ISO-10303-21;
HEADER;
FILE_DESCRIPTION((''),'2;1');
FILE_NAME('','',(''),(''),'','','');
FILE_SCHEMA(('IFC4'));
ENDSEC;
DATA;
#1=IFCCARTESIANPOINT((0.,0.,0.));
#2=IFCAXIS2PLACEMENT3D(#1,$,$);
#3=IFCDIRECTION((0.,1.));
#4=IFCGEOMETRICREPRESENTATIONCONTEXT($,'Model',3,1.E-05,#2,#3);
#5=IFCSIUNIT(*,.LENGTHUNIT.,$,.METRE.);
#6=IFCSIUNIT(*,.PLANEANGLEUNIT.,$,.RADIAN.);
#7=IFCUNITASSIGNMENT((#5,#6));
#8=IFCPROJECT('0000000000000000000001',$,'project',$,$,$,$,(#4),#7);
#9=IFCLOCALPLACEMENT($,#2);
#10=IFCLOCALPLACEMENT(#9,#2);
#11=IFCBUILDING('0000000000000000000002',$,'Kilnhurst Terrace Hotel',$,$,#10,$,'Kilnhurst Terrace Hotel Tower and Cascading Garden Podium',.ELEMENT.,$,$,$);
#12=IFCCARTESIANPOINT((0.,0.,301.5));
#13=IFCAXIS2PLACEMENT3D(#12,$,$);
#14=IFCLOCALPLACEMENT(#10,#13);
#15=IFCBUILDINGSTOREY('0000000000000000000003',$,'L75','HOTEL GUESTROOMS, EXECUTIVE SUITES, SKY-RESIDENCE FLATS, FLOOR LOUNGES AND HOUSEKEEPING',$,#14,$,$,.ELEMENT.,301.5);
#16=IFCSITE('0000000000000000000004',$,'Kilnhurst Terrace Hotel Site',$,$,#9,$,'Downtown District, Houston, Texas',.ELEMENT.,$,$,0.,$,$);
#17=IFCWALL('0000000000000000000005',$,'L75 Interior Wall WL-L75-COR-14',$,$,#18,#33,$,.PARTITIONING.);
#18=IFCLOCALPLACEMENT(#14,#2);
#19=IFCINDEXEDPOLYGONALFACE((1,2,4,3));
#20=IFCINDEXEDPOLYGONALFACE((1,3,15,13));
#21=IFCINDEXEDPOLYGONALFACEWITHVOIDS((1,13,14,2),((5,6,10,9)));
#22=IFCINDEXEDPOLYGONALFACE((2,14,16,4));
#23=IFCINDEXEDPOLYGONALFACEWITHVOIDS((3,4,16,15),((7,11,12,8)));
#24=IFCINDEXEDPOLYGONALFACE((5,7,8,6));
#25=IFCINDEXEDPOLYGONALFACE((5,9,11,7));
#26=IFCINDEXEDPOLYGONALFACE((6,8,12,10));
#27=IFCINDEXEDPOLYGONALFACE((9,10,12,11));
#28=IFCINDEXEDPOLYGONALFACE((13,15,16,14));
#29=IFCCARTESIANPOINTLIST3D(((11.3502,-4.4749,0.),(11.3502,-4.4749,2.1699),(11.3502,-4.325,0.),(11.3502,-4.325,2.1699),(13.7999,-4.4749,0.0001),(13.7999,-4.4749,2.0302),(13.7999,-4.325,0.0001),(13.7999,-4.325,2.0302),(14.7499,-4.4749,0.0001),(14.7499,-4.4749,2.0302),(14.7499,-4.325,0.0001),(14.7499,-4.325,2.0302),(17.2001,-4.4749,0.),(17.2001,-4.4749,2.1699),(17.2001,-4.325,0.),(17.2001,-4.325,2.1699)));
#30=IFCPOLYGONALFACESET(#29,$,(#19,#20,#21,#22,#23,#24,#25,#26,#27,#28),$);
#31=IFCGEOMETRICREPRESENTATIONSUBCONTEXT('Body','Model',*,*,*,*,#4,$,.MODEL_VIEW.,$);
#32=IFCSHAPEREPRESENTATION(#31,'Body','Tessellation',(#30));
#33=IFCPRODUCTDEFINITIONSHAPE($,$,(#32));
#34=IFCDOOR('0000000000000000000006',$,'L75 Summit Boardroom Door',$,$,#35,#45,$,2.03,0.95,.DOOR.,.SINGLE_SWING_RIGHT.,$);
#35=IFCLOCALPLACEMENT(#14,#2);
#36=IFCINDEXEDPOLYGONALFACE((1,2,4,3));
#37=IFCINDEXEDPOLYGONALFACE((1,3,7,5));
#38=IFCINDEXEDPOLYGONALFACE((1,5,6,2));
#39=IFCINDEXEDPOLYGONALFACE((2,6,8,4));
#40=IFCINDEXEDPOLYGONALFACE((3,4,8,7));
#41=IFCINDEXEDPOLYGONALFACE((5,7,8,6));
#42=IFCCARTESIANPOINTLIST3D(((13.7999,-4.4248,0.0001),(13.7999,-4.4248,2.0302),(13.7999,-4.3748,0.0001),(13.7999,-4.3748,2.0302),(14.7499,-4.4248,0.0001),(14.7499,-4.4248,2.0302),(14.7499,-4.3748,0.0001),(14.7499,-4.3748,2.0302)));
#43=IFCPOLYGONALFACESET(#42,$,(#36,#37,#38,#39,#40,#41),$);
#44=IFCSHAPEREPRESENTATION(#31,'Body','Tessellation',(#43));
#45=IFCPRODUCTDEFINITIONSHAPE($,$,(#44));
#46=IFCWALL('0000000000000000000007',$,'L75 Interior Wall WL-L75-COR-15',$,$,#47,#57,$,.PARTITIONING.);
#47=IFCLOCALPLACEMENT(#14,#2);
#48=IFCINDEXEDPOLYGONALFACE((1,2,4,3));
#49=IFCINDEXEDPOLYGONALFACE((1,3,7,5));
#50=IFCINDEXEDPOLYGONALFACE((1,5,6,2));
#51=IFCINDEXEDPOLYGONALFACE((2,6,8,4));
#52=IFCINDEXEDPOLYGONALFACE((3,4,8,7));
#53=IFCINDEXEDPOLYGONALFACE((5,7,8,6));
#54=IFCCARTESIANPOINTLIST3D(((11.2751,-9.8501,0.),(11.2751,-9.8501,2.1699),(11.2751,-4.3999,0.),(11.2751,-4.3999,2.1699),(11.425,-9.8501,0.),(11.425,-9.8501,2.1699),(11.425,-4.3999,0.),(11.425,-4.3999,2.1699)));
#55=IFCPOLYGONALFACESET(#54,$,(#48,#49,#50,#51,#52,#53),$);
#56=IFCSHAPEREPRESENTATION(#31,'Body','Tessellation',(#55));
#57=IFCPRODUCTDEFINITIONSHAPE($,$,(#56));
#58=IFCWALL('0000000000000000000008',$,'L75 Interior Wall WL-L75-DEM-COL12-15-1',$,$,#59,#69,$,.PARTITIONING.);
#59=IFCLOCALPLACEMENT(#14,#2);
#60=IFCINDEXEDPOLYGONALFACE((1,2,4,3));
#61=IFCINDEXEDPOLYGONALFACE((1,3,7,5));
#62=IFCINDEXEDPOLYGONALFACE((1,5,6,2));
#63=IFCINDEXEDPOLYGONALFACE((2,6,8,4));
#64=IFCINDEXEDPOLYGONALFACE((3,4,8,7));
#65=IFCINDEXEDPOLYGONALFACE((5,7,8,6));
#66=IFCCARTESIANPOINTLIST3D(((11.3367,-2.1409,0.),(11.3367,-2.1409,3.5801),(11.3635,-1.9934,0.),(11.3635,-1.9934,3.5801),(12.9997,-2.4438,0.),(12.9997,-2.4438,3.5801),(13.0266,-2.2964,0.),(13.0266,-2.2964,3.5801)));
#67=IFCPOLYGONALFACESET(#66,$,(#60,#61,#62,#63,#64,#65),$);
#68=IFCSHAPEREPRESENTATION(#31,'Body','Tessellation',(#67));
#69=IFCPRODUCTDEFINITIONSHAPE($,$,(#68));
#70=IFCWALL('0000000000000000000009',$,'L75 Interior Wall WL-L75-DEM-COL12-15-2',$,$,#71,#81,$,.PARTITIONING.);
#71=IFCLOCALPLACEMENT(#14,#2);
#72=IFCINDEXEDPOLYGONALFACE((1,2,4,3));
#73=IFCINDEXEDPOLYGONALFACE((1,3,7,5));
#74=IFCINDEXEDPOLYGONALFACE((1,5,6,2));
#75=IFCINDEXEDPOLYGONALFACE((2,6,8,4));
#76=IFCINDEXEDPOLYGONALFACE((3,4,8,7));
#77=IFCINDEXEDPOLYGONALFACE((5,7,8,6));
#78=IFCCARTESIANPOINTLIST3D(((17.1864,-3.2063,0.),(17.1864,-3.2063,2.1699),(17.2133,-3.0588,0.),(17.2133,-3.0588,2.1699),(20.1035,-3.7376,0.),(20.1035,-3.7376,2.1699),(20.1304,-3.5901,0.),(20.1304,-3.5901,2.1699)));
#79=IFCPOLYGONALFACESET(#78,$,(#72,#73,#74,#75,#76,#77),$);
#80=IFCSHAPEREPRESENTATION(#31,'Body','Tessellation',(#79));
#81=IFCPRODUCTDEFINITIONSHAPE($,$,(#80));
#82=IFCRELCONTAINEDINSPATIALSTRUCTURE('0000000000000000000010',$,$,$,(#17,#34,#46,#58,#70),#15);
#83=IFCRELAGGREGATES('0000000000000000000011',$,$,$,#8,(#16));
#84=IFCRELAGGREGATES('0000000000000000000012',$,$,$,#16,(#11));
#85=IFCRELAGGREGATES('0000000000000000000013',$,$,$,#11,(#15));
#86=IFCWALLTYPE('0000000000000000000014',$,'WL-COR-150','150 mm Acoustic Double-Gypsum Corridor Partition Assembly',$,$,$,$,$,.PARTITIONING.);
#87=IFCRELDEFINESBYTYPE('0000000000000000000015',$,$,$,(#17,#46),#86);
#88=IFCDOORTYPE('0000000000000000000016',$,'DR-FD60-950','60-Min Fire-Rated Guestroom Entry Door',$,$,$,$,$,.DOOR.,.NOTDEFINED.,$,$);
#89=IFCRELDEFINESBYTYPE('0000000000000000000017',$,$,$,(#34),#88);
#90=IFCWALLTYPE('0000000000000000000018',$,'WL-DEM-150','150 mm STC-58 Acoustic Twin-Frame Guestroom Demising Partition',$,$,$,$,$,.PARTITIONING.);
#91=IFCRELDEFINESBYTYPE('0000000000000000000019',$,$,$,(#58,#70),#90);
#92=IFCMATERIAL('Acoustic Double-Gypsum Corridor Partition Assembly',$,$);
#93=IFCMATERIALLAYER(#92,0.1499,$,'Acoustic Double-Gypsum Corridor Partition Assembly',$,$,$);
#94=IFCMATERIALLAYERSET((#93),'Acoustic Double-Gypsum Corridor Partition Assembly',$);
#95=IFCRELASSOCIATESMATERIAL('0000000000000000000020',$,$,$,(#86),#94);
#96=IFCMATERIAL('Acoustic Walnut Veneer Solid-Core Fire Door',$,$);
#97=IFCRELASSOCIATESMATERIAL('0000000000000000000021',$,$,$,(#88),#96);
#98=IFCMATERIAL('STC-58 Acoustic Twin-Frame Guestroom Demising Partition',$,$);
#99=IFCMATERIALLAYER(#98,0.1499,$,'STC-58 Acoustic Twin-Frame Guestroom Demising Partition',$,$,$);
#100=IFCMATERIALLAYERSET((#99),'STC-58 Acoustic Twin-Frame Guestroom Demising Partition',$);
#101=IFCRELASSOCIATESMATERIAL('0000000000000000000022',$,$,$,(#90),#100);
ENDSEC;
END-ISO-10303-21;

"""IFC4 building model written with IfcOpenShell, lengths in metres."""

from ifc_helpers import new_model, si_unit, direction, frame, frame_2d, origin, place, context, subcontext, project, spatial, rectangle, extrude, material, layer, layer_set, type_object, element, fill, save


model = new_model("IFC4")

# Units and contexts
model_context = context("Model", 3, precision=1e-05, world=origin(), true_north=direction((0.0, 1.0)))
body_context = subcontext(model_context, "Body", "Model", "MODEL_VIEW")
ifc_project = project(units=[si_unit("LENGTHUNIT", "METRE"), si_unit("PLANEANGLEUNIT", "RADIAN")], contexts=[model_context])

# Site, building, storey
site_placement = place(None, origin())
site = spatial("IfcSite", under=ifc_project, at=site_placement, Name="Kilnhurst Terrace Hotel Site", LongName="Downtown District, Houston, Texas", CompositionType="ELEMENT", RefElevation=0.0)
building_placement = place(site_placement, origin())
building = spatial("IfcBuilding", under=site, at=building_placement, Name="Kilnhurst Terrace Hotel", LongName="Kilnhurst Terrace Hotel Tower and Cascading Garden Podium", CompositionType="ELEMENT")
storey_placement = place(building_placement, frame((0.0, 0.0, 301.5)))
storey = spatial("IfcBuildingStorey", under=building, at=storey_placement, Name="L75", Description="HOTEL GUESTROOMS, EXECUTIVE SUITES, SKY-RESIDENCE FLATS, FLOOR LOUNGES AND HOUSEKEEPING", CompositionType="ELEMENT", Elevation=301.5)

# Shared definitions
ifc_material_1 = material(Name="Acoustic Double-Gypsum Corridor Partition Assembly")
ifc_layer_1 = layer(ifc_material_1, 0.1499, Name="Acoustic Double-Gypsum Corridor Partition Assembly")
ifc_layer_set_1 = layer_set([ifc_layer_1], Name="Acoustic Double-Gypsum Corridor Partition Assembly")
wall_type_1 = type_object("IfcWallType", Name="WL-COR-150", Description="150 mm Acoustic Double-Gypsum Corridor Partition Assembly", PredefinedType="PARTITIONING", material=ifc_layer_set_1)

# Wall, opening, door
wall_1_placement = place(storey_placement, frame((17.2, -4.3999, 0.0), z_axis=(0.0, 0.0, 1.0), x_axis=(-1.0, 0.0, 0.0)))
wall_1 = element("IfcWall", 1, at=wall_1_placement, inside=storey, type_object=wall_type_1, Name="L75 Interior Wall WL-L75-COR-14", PredefinedType="PARTITIONING", context=body_context, shape_type="SweptSolid", body=[
    extrude(rectangle(XDim=5.8499, YDim=0.1499, at=frame_2d((2.9248, 0.0))), origin(), (0.0, 0.0, 1.0), 2.1699),
])
opening_1_placement = place(wall_1_placement, frame((2.45, 0.0, 0.0)))
opening_1 = element("IfcOpeningElement", 2, at=opening_1_placement, cuts=wall_1, PredefinedType="OPENING", context=body_context, shape_type="SweptSolid", body=[
    extrude(rectangle(XDim=0.95, YDim=2.03, at=frame_2d((0.4751, 1.0151))), frame((0.0, 0.085, 0.0), z_axis=(0.0, -1.0, 0.0), x_axis=(1.0, 0.0, 0.0)), (0.0, 0.0, 1.0), 0.1699),
])
ifc_material_2 = material(Name="Acoustic Walnut Veneer Solid-Core Fire Door")
door_type_1 = type_object("IfcDoorType", Name="DR-FD60-950", Description="60-Min Fire-Rated Guestroom Entry Door", OperationType="NOTDEFINED", PredefinedType="DOOR", material=ifc_material_2)
door_1_placement = place(opening_1_placement, origin())
door_1 = element("IfcDoor", 3, at=door_1_placement, inside=storey, type_object=door_type_1, Name="L75 Summit Boardroom Door", OperationType="SINGLE_SWING_RIGHT", OverallHeight=2.03, OverallWidth=0.95, PredefinedType="DOOR", context=body_context, shape_type="SweptSolid", body=[
    extrude(rectangle(XDim=0.95, YDim=2.03, at=frame_2d((0.4751, 1.0151))), frame((0.0, 0.0249, 0.0), z_axis=(0.0, -1.0, 0.0), x_axis=(1.0, 0.0, 0.0)), (0.0, 0.0, 1.0), 0.05),
])
fill(opening_1, door_1)

# Wall
wall_2_placement = place(storey_placement, frame((11.3501, -4.3999, 0.0), z_axis=(0.0, 0.0, 1.0), x_axis=(0.0, -1.0, 0.0)))
element("IfcWall", 4, at=wall_2_placement, inside=storey, type_object=wall_type_1, Name="L75 Interior Wall WL-L75-COR-15", PredefinedType="PARTITIONING", context=body_context, shape_type="SweptSolid", body=[
    extrude(rectangle(XDim=5.4502, YDim=0.1499, at=frame_2d((2.7251, 0.0))), origin(), (0.0, 0.0, 1.0), 2.1699),
])

# Walls
ifc_material_3 = material(Name="STC-58 Acoustic Twin-Frame Guestroom Demising Partition")
ifc_layer_2 = layer(ifc_material_3, 0.1499, Name="STC-58 Acoustic Twin-Frame Guestroom Demising Partition")
ifc_layer_set_2 = layer_set([ifc_layer_2], Name="STC-58 Acoustic Twin-Frame Guestroom Demising Partition")
wall_type_2 = type_object("IfcWallType", Name="WL-DEM-150", Description="150 mm STC-58 Acoustic Twin-Frame Guestroom Demising Partition", PredefinedType="PARTITIONING", material=ifc_layer_set_2)
wall_3_placement = place(storey_placement, frame((11.3501, -2.0671, 0.0), z_axis=(0.0, 0.0, 1.0), x_axis=(0.983807, -0.179229, 0.0)))
element("IfcWall", 5, at=wall_3_placement, inside=storey, type_object=wall_type_2, Name="L75 Interior Wall WL-L75-DEM-COL12-15-1", PredefinedType="PARTITIONING", context=body_context, shape_type="SweptSolid", body=[
    extrude(rectangle(XDim=1.6904, YDim=0.1499, at=frame_2d((0.8452, 0.0))), origin(), (0.0, 0.0, 1.0), 3.5801),
])
wall_4_placement = place(storey_placement, frame((17.2, -3.1326, 0.0), z_axis=(0.0, 0.0, 1.0), x_axis=(0.983817, -0.179175, 0.0)))
element("IfcWall", 6, at=wall_4_placement, inside=storey, type_object=wall_type_2, Name="L75 Interior Wall WL-L75-DEM-COL12-15-2", PredefinedType="PARTITIONING", context=body_context, shape_type="SweptSolid", body=[
    extrude(rectangle(XDim=2.9651, YDim=0.1499, at=frame_2d((1.4824, 0.0))), origin(), (0.0, 0.0, 1.0), 2.1699),
])

save(model, "model.ifc")
